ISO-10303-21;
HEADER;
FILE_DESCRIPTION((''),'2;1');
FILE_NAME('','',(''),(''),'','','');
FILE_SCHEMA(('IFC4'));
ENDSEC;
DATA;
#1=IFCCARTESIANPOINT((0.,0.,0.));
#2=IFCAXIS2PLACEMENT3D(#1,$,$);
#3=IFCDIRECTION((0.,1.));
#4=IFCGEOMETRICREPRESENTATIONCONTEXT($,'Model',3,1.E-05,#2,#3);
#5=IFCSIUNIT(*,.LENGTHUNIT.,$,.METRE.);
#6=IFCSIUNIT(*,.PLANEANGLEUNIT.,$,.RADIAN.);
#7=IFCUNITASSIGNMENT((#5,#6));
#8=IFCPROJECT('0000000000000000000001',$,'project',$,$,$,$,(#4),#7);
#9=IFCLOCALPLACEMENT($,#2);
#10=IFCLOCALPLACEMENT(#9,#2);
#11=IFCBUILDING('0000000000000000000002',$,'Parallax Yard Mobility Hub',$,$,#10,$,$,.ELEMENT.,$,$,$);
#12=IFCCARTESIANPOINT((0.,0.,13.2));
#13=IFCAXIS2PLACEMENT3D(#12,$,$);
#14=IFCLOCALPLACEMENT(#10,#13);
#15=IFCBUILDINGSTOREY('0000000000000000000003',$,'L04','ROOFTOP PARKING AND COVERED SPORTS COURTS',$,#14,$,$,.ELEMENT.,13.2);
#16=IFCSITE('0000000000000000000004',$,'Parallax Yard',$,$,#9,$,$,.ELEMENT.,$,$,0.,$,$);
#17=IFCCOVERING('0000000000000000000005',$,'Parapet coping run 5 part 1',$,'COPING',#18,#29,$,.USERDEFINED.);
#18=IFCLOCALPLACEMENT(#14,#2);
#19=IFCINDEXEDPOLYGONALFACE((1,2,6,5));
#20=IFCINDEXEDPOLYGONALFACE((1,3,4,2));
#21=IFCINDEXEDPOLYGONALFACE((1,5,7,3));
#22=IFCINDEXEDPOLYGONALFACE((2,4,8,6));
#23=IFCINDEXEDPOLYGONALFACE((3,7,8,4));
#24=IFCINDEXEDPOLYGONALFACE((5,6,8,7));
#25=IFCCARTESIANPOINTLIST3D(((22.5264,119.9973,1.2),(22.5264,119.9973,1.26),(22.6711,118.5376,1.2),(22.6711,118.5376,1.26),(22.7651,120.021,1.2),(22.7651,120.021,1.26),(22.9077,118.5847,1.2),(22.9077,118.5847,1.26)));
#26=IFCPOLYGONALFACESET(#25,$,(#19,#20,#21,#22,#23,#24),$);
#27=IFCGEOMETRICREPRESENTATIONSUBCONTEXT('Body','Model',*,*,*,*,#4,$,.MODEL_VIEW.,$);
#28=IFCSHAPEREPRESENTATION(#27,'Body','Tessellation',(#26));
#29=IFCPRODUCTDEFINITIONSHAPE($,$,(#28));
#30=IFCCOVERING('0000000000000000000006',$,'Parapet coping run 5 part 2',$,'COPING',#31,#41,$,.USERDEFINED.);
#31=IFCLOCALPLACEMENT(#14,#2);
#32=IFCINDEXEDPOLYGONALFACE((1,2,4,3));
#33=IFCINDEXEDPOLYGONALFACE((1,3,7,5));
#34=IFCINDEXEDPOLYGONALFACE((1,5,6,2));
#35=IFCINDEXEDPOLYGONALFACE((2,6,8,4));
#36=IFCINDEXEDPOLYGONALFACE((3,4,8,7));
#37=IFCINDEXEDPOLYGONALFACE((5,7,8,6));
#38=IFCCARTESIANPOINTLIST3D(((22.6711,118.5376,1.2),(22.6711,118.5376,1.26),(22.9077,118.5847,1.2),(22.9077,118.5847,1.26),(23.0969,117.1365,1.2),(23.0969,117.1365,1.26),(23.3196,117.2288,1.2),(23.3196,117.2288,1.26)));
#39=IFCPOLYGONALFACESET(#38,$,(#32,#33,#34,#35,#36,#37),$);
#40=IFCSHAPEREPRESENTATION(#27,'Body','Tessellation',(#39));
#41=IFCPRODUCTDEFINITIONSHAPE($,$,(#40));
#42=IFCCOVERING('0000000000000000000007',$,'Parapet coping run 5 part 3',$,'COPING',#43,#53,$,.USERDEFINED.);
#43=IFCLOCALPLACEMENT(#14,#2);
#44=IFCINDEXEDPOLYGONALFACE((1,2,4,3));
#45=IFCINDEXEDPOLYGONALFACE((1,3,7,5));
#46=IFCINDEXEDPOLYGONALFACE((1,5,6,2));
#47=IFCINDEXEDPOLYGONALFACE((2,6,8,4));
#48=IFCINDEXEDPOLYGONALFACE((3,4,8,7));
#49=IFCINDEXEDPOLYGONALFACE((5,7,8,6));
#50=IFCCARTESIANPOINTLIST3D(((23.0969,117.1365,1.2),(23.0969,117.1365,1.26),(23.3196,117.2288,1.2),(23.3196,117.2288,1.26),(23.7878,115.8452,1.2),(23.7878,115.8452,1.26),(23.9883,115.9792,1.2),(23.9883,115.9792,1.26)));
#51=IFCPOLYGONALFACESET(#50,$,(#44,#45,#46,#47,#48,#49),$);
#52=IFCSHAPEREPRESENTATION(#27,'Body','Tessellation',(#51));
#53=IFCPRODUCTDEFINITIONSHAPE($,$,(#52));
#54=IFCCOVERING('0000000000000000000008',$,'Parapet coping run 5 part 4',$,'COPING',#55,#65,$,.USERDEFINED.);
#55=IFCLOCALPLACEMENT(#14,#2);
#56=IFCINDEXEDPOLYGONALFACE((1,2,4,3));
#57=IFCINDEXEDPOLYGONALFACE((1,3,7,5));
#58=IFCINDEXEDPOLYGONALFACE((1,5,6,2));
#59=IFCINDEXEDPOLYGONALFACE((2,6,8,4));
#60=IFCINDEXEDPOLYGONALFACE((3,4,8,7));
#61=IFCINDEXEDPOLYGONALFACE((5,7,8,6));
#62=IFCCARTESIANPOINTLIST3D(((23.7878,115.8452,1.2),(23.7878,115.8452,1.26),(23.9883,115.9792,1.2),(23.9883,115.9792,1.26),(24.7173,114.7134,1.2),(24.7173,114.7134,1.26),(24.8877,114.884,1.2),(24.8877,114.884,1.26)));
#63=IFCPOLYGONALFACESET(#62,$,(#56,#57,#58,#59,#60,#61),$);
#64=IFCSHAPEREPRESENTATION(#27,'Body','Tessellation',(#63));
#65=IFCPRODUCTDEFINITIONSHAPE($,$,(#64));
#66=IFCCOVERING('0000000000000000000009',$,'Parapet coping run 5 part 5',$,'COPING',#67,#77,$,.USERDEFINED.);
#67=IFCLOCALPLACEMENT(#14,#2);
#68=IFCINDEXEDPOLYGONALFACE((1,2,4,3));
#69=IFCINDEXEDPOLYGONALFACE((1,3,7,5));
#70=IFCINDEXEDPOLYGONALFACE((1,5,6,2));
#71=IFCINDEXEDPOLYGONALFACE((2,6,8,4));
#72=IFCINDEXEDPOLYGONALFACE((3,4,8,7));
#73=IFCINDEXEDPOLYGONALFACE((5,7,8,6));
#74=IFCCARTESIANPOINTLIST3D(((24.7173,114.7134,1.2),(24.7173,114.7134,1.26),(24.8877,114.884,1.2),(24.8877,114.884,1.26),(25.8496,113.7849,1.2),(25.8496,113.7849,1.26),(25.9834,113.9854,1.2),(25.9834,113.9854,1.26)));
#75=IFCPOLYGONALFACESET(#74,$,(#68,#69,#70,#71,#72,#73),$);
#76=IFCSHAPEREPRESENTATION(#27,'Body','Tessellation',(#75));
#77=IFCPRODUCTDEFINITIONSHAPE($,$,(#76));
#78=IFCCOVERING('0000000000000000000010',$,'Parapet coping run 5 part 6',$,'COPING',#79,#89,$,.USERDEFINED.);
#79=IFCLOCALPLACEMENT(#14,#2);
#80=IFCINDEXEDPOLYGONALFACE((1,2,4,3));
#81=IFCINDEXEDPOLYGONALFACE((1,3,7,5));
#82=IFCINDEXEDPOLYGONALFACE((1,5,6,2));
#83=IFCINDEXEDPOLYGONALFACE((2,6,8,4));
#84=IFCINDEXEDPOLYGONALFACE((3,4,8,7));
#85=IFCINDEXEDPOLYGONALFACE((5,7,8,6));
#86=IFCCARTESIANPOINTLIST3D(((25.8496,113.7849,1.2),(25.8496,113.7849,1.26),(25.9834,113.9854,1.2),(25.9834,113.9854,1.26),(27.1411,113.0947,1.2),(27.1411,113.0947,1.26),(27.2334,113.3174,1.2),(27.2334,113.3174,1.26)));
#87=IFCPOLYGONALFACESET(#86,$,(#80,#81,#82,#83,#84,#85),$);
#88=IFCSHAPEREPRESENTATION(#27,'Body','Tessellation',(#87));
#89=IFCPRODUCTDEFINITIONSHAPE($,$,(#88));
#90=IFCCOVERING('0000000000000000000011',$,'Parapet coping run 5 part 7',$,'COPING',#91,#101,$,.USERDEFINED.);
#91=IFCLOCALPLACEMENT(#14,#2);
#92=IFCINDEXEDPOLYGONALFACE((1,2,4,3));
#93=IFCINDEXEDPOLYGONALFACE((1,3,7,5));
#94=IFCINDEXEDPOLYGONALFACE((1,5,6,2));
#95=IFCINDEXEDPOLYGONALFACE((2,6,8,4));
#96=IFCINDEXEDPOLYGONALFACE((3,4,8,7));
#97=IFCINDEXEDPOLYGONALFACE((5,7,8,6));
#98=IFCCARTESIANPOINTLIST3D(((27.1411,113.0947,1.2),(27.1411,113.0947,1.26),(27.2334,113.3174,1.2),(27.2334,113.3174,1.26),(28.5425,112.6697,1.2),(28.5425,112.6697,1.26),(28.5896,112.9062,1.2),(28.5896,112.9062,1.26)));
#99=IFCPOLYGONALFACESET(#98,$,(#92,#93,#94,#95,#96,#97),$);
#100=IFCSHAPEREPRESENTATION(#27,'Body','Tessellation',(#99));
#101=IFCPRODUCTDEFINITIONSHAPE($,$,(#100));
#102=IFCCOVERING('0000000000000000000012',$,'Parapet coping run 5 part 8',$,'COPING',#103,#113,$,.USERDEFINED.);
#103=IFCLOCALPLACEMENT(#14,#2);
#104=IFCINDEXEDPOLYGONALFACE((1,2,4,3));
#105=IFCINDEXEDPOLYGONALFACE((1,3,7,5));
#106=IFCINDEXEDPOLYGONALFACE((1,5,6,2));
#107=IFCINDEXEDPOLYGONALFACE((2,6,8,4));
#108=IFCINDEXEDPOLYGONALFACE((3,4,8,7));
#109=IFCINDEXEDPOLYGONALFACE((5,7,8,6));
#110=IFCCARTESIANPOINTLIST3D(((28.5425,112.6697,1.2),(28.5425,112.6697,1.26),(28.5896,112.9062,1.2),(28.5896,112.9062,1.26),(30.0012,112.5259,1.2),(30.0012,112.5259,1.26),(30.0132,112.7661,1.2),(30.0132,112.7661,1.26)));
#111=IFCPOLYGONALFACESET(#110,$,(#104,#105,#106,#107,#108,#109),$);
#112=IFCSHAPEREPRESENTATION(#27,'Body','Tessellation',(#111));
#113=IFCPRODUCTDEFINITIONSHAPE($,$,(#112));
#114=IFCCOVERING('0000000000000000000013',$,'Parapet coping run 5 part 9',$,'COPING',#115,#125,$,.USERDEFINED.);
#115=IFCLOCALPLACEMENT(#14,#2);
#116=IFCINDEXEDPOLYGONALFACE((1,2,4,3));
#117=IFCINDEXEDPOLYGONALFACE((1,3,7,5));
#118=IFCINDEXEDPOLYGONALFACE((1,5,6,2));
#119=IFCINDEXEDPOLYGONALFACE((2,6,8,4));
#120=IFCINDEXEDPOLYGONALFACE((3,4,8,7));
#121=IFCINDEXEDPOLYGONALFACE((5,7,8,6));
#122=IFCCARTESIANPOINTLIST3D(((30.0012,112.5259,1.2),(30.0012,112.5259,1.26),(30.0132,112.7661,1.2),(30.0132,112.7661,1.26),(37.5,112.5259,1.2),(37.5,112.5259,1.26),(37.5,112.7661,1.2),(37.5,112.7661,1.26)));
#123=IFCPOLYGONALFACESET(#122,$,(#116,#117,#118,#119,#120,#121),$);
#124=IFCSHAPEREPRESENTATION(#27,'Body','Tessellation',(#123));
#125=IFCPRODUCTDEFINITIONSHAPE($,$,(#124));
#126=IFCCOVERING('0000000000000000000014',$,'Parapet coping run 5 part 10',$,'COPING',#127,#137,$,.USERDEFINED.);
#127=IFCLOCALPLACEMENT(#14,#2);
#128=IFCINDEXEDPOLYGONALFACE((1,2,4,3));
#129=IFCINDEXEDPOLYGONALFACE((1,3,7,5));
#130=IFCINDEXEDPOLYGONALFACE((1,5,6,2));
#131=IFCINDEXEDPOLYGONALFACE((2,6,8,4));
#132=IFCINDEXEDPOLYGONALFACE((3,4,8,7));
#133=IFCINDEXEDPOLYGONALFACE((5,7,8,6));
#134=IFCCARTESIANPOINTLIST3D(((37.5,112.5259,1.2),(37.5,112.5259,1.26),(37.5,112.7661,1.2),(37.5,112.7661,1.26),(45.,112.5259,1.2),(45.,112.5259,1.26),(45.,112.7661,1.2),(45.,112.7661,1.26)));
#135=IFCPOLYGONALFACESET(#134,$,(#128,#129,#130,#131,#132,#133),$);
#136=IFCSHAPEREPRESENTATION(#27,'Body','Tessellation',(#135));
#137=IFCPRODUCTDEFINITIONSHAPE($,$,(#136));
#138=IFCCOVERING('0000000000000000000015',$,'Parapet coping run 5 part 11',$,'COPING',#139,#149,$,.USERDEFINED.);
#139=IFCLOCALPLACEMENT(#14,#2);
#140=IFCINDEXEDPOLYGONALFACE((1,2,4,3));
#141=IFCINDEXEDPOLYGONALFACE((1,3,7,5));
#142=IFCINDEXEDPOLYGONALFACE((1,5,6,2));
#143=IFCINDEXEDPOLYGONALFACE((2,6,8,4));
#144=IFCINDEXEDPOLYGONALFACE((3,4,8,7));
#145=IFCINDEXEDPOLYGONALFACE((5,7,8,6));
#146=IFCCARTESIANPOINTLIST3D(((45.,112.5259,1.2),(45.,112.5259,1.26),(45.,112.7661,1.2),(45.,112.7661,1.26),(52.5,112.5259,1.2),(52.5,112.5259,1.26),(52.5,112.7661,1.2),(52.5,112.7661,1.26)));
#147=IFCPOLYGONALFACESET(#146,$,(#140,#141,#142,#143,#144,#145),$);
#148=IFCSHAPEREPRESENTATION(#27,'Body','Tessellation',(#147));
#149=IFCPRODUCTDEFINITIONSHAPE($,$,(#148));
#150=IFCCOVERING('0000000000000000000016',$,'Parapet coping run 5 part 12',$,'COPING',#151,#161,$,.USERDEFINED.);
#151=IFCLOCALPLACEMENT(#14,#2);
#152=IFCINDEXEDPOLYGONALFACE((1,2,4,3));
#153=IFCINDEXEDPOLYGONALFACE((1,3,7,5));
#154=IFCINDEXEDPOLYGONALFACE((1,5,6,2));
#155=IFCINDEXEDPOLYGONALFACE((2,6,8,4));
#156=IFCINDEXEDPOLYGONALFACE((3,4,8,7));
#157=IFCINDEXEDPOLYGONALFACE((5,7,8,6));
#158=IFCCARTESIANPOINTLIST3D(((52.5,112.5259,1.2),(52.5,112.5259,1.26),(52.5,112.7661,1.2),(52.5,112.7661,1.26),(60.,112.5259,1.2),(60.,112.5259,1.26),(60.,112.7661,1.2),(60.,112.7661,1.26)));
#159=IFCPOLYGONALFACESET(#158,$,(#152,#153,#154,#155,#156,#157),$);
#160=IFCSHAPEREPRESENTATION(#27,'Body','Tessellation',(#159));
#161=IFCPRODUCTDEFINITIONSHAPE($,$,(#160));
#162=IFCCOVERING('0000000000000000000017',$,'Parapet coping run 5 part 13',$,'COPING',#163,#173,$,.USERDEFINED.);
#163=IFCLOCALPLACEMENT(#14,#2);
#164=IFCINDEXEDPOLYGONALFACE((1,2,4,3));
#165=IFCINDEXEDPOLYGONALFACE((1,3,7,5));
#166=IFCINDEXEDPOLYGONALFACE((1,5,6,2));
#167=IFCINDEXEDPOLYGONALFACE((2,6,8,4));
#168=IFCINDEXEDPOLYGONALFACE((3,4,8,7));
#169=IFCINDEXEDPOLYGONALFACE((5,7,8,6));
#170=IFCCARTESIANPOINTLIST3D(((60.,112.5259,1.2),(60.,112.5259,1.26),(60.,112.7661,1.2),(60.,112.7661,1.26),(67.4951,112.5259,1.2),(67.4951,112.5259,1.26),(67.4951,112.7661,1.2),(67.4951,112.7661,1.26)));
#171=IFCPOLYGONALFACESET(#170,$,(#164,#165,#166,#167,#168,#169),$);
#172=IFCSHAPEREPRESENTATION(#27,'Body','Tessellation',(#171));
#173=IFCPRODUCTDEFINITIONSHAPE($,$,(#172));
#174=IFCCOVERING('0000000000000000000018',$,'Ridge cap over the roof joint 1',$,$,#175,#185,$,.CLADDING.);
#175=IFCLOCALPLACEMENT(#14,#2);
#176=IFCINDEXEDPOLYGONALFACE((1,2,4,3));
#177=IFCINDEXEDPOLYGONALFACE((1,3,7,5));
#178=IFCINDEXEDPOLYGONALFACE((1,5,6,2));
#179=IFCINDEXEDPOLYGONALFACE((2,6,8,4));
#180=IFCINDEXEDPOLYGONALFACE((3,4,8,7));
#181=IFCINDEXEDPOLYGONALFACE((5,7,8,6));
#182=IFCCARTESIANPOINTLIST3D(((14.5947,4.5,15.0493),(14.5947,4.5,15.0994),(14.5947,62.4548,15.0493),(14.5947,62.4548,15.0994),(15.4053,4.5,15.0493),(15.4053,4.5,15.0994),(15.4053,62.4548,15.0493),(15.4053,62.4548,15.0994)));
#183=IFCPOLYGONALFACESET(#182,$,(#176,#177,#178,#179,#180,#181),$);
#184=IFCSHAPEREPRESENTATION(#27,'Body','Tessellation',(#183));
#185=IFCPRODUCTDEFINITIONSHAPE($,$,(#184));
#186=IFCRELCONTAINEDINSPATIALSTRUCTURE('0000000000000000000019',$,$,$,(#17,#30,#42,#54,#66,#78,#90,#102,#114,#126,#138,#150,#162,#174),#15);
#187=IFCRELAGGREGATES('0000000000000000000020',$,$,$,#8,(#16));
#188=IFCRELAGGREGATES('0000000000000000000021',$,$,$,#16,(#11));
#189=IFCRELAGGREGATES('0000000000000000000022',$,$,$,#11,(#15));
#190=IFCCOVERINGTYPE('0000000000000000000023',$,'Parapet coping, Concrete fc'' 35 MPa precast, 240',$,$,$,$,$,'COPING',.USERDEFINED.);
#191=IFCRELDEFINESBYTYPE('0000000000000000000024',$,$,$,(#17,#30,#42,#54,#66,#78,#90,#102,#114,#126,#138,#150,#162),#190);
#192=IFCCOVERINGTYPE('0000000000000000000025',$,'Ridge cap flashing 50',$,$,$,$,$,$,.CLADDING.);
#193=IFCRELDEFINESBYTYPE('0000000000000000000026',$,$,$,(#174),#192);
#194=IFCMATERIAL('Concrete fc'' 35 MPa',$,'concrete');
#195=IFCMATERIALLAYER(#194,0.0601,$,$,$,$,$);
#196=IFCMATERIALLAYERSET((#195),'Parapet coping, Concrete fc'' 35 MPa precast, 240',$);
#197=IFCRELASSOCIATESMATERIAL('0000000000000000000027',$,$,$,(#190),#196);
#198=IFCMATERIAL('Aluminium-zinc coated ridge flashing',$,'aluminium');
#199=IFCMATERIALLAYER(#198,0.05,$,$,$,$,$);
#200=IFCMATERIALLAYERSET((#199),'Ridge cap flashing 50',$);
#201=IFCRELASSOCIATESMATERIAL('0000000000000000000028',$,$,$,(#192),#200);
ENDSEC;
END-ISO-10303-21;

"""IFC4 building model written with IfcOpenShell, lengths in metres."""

from ifc_helpers import new_model, si_unit, direction, frame, origin, place, context, subcontext, project, spatial, polyline, outline, extrude, material, layer, layer_set, type_object, element, save


model = new_model("IFC4")

# Units and contexts
model_context = context("Model", 3, precision=1e-05, world=origin(), true_north=direction((0.0, 1.0)))
body_context = subcontext(model_context, "Body", "Model", "MODEL_VIEW")
ifc_project = project(units=[si_unit("LENGTHUNIT", "METRE"), si_unit("PLANEANGLEUNIT", "RADIAN")], contexts=[model_context])

# Site, building, storey
site_placement = place(None, origin())
site = spatial("IfcSite", under=ifc_project, at=site_placement, Name="Parallax Yard", CompositionType="ELEMENT", RefElevation=0.0)
building_placement = place(site_placement, origin())
building = spatial("IfcBuilding", under=site, at=building_placement, Name="Parallax Yard Mobility Hub", CompositionType="ELEMENT")
storey_placement = place(building_placement, frame((0.0, 0.0, 13.2)))
storey = spatial("IfcBuildingStorey", under=building, at=storey_placement, Name="L04", Description="ROOFTOP PARKING AND COVERED SPORTS COURTS", CompositionType="ELEMENT", Elevation=13.2)

# Coverings
ifc_material_1 = material(Name="Concrete fc' 35 MPa", Category="concrete")
ifc_layer_1 = layer(ifc_material_1, 0.0601)
ifc_layer_set_1 = layer_set([ifc_layer_1], Name="Parapet coping, Concrete fc' 35 MPa precast, 240")
covering_type_1 = type_object("IfcCoveringType", Name="Parapet coping, Concrete fc' 35 MPa precast, 240", ElementType="COPING", PredefinedType="USERDEFINED", material=ifc_layer_set_1)
covering_1_placement = place(storey_placement, frame((0.0, 0.0, 1.2)))
element("IfcCovering", 1, at=covering_1_placement, inside=storey, type_object=covering_type_1, Name="Parapet coping run 5 part 1", ObjectType="COPING", PredefinedType="USERDEFINED", context=body_context, shape_type="SweptSolid", body=[
    extrude(outline(polyline([(22.7651, 120.021), (22.5264, 119.9973), (22.6711, 118.5376), (22.9077, 118.5847), (22.7651, 120.021)])), origin(), (0.0, 0.0, 1.0), 0.0601),
])
covering_2_placement = place(storey_placement, frame((0.0, 0.0, 1.2)))
element("IfcCovering", 2, at=covering_2_placement, inside=storey, type_object=covering_type_1, Name="Parapet coping run 5 part 2", ObjectType="COPING", PredefinedType="USERDEFINED", context=body_context, shape_type="SweptSolid", body=[
    extrude(outline(polyline([(22.9077, 118.5847), (22.6711, 118.5376), (23.0969, 117.1365), (23.3196, 117.2288), (22.9077, 118.5847)])), origin(), (0.0, 0.0, 1.0), 0.0601),
])
covering_3_placement = place(storey_placement, frame((0.0, 0.0, 1.2)))
element("IfcCovering", 3, at=covering_3_placement, inside=storey, type_object=covering_type_1, Name="Parapet coping run 5 part 3", ObjectType="COPING", PredefinedType="USERDEFINED", context=body_context, shape_type="SweptSolid", body=[
    extrude(outline(polyline([(23.3196, 117.2288), (23.0969, 117.1365), (23.7878, 115.8452), (23.9883, 115.9792), (23.3196, 117.2288)])), origin(), (0.0, 0.0, 1.0), 0.0601),
])
covering_4_placement = place(storey_placement, frame((0.0, 0.0, 1.2)))
element("IfcCovering", 4, at=covering_4_placement, inside=storey, type_object=covering_type_1, Name="Parapet coping run 5 part 4", ObjectType="COPING", PredefinedType="USERDEFINED", context=body_context, shape_type="SweptSolid", body=[
    extrude(outline(polyline([(23.9883, 115.9792), (23.7878, 115.8452), (24.7173, 114.7134), (24.8877, 114.884), (23.9883, 115.9792)])), origin(), (0.0, 0.0, 1.0), 0.0601),
])
covering_5_placement = place(storey_placement, frame((0.0, 0.0, 1.2)))
element("IfcCovering", 5, at=covering_5_placement, inside=storey, type_object=covering_type_1, Name="Parapet coping run 5 part 5", ObjectType="COPING", PredefinedType="USERDEFINED", context=body_context, shape_type="SweptSolid", body=[
    extrude(outline(polyline([(24.8877, 114.884), (24.7173, 114.7134), (25.8496, 113.7849), (25.9834, 113.9854), (24.8877, 114.884)])), origin(), (0.0, 0.0, 1.0), 0.0601),
])
covering_6_placement = place(storey_placement, frame((0.0, 0.0, 1.2)))
element("IfcCovering", 6, at=covering_6_placement, inside=storey, type_object=covering_type_1, Name="Parapet coping run 5 part 6", ObjectType="COPING", PredefinedType="USERDEFINED", context=body_context, shape_type="SweptSolid", body=[
    extrude(outline(polyline([(25.9834, 113.9854), (25.8496, 113.7849), (27.1411, 113.0947), (27.2334, 113.3174), (25.9834, 113.9854)])), origin(), (0.0, 0.0, 1.0), 0.0601),
])
covering_7_placement = place(storey_placement, frame((0.0, 0.0, 1.2)))
element("IfcCovering", 7, at=covering_7_placement, inside=storey, type_object=covering_type_1, Name="Parapet coping run 5 part 7", ObjectType="COPING", PredefinedType="USERDEFINED", context=body_context, shape_type="SweptSolid", body=[
    extrude(outline(polyline([(27.2334, 113.3174), (27.1411, 113.0947), (28.5425, 112.6697), (28.5896, 112.9062), (27.2334, 113.3174)])), origin(), (0.0, 0.0, 1.0), 0.0601),
])
covering_8_placement = place(storey_placement, frame((0.0, 0.0, 1.2)))
element("IfcCovering", 8, at=covering_8_placement, inside=storey, type_object=covering_type_1, Name="Parapet coping run 5 part 8", ObjectType="COPING", PredefinedType="USERDEFINED", context=body_context, shape_type="SweptSolid", body=[
    extrude(outline(polyline([(28.5896, 112.9062), (28.5425, 112.6697), (30.0012, 112.5259), (30.0132, 112.7661), (28.5896, 112.9062)])), origin(), (0.0, 0.0, 1.0), 0.0601),
])
covering_9_placement = place(storey_placement, frame((0.0, 0.0, 1.2)))
element("IfcCovering", 9, at=covering_9_placement, inside=storey, type_object=covering_type_1, Name="Parapet coping run 5 part 9", ObjectType="COPING", PredefinedType="USERDEFINED", context=body_context, shape_type="SweptSolid", body=[
    extrude(outline(polyline([(30.0132, 112.7661), (30.0012, 112.5259), (37.5, 112.5259), (37.5, 112.7661), (30.0132, 112.7661)])), origin(), (0.0, 0.0, 1.0), 0.0601),
])
covering_10_placement = place(storey_placement, frame((0.0, 0.0, 1.2)))
element("IfcCovering", 10, at=covering_10_placement, inside=storey, type_object=covering_type_1, Name="Parapet coping run 5 part 10", ObjectType="COPING", PredefinedType="USERDEFINED", context=body_context, shape_type="SweptSolid", body=[
    extrude(outline(polyline([(37.5, 112.7661), (37.5, 112.5259), (45.0, 112.5259), (45.0, 112.7661), (37.5, 112.7661)])), origin(), (0.0, 0.0, 1.0), 0.0601),
])
covering_11_placement = place(storey_placement, frame((0.0, 0.0, 1.2)))
element("IfcCovering", 11, at=covering_11_placement, inside=storey, type_object=covering_type_1, Name="Parapet coping run 5 part 11", ObjectType="COPING", PredefinedType="USERDEFINED", context=body_context, shape_type="SweptSolid", body=[
    extrude(outline(polyline([(45.0, 112.7661), (45.0, 112.5259), (52.5, 112.5259), (52.5, 112.7661), (45.0, 112.7661)])), origin(), (0.0, 0.0, 1.0), 0.0601),
])
covering_12_placement = place(storey_placement, frame((0.0, 0.0, 1.2)))
element("IfcCovering", 12, at=covering_12_placement, inside=storey, type_object=covering_type_1, Name="Parapet coping run 5 part 12", ObjectType="COPING", PredefinedType="USERDEFINED", context=body_context, shape_type="SweptSolid", body=[
    extrude(outline(polyline([(52.5, 112.7661), (52.5, 112.5259), (60.0, 112.5259), (60.0, 112.7661), (52.5, 112.7661)])), origin(), (0.0, 0.0, 1.0), 0.0601),
])
covering_13_placement = place(storey_placement, frame((0.0, 0.0, 1.2)))
element("IfcCovering", 13, at=covering_13_placement, inside=storey, type_object=covering_type_1, Name="Parapet coping run 5 part 13", ObjectType="COPING", PredefinedType="USERDEFINED", context=body_context, shape_type="SweptSolid", body=[
    extrude(outline(polyline([(60.0, 112.7661), (60.0, 112.5259), (67.4951, 112.5259), (67.4951, 112.7661), (60.0, 112.7661)])), origin(), (0.0, 0.0, 1.0), 0.0601),
])
ifc_material_2 = material(Name="Aluminium-zinc coated ridge flashing", Category="aluminium")
ifc_layer_2 = layer(ifc_material_2, 0.05)
ifc_layer_set_2 = layer_set([ifc_layer_2], Name="Ridge cap flashing 50")
covering_type_2 = type_object("IfcCoveringType", Name="Ridge cap flashing 50", PredefinedType="CLADDING", material=ifc_layer_set_2)
covering_14_placement = place(storey_placement, frame((0.0, 0.0, 15.0493)))
element("IfcCovering", 14, at=covering_14_placement, inside=storey, type_object=covering_type_2, Name="Ridge cap over the roof joint 1", PredefinedType="CLADDING", context=body_context, shape_type="SweptSolid", body=[
    extrude(outline(polyline([(14.5947, 4.5), (15.4053, 4.5), (15.4053, 62.4548), (14.5947, 62.4548), (14.5947, 4.5)])), origin(), (0.0, 0.0, 1.0), 0.05),
])

save(model, "model.ifc")
